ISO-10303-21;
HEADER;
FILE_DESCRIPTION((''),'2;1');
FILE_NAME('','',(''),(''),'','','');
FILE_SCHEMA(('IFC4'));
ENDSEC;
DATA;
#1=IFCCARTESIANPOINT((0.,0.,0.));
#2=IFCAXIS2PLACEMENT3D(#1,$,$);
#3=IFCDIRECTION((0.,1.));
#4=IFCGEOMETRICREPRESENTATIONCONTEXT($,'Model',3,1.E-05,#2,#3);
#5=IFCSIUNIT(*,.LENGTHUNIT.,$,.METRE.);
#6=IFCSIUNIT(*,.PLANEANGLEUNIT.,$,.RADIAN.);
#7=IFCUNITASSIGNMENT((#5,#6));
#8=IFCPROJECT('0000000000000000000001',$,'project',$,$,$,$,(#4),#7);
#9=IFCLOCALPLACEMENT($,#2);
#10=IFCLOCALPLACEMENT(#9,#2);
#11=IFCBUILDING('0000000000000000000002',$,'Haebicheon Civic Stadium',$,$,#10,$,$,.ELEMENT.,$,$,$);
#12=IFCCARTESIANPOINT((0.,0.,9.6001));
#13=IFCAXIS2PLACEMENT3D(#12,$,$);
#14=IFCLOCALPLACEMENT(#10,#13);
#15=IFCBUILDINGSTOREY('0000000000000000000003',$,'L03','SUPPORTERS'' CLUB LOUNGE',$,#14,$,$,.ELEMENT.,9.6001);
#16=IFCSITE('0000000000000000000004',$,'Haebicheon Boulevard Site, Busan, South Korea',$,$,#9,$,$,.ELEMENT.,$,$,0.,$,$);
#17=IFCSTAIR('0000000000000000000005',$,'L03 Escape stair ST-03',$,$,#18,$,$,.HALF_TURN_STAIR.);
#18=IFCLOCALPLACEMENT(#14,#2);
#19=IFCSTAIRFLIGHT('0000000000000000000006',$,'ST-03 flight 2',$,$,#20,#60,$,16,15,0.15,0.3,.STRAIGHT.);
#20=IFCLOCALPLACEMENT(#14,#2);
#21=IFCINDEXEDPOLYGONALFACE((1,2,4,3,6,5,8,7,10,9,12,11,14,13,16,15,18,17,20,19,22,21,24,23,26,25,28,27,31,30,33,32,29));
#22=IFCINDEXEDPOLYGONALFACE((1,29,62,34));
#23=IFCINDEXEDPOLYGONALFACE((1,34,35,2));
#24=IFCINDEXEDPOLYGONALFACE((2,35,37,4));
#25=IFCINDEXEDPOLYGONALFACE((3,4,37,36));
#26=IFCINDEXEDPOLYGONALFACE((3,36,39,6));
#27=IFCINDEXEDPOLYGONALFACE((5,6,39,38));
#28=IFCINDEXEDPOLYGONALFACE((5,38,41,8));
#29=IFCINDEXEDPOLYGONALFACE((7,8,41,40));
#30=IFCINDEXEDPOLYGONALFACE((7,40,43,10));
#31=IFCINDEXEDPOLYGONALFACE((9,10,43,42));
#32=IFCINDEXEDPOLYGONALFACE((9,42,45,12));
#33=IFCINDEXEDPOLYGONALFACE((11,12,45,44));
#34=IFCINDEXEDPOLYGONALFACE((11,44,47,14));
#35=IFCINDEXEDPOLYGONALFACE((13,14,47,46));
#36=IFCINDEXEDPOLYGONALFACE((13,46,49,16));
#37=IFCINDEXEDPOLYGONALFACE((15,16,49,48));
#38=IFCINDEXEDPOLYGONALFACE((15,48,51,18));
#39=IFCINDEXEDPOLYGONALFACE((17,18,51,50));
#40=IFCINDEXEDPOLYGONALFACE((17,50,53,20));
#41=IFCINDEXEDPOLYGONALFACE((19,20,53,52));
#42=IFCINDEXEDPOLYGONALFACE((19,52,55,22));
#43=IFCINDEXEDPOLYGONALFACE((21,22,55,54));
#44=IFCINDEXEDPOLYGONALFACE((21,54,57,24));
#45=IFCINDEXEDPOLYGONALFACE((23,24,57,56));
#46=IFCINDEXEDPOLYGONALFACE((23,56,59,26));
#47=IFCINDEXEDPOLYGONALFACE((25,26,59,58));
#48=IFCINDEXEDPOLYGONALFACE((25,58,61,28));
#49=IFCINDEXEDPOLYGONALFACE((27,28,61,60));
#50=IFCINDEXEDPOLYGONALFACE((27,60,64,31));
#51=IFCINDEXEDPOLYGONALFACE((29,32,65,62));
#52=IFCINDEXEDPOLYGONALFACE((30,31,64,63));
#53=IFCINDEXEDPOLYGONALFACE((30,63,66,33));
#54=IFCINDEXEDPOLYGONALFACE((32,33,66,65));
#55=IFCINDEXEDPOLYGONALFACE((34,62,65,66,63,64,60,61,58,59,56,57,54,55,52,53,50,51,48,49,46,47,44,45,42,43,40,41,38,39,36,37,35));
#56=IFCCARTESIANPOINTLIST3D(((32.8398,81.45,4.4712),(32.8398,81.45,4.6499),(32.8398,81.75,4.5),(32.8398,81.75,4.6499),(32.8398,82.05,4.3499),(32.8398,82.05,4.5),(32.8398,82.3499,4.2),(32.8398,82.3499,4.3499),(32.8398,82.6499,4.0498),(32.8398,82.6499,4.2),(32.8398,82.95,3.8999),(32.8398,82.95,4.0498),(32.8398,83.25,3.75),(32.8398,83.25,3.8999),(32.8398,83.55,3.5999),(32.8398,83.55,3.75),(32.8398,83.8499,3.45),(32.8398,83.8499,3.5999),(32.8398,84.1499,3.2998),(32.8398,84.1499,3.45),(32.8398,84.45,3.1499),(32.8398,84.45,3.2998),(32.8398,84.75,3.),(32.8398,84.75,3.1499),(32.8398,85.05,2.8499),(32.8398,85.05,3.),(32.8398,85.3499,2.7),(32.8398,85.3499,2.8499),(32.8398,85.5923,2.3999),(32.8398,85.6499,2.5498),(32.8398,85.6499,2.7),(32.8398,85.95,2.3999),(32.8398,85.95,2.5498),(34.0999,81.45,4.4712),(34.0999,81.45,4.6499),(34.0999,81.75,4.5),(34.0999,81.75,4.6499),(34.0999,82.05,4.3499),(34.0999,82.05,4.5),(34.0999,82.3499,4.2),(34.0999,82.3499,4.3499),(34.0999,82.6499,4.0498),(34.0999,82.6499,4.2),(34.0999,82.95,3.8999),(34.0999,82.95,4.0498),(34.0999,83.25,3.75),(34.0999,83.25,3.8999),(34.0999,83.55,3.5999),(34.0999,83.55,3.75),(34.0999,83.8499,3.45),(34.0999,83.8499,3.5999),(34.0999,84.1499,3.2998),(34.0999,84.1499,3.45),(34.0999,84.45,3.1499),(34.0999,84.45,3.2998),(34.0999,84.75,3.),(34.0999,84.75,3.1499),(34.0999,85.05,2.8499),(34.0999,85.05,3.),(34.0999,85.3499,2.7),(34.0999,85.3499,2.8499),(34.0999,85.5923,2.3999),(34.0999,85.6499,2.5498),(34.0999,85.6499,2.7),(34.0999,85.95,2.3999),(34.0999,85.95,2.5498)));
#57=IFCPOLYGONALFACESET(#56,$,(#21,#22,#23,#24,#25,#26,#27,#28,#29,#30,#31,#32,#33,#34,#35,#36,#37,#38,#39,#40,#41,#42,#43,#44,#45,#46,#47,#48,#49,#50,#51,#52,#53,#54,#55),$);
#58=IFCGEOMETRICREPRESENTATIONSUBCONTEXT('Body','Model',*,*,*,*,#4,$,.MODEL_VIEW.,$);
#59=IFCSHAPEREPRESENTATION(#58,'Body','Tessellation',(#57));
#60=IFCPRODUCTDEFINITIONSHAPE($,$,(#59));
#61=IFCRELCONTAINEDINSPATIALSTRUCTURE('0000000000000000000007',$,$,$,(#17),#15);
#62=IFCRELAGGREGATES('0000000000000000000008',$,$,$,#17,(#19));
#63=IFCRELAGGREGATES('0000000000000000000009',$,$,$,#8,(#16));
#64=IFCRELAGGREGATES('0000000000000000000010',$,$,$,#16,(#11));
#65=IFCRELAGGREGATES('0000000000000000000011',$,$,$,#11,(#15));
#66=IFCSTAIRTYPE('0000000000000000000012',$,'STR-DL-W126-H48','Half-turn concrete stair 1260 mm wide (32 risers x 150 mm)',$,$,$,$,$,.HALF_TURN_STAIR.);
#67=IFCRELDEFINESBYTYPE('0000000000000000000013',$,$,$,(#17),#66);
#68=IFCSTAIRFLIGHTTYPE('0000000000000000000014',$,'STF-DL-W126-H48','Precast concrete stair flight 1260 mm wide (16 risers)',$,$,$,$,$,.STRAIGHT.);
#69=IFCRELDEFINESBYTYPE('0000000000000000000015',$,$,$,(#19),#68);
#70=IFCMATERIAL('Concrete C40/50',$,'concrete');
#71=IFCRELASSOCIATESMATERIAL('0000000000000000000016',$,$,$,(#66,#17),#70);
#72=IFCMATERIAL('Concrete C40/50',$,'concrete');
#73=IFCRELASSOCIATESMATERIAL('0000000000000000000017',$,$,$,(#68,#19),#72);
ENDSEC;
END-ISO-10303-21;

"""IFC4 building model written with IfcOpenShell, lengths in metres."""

from ifc_helpers import new_model, si_unit, direction, frame, origin, place, context, subcontext, project, spatial, polyline, outline, extrude, material, type_object, element, aggregate, save


model = new_model("IFC4")

# Units and contexts
model_context = context("Model", 3, precision=1e-05, world=origin(), true_north=direction((0.0, 1.0)))
body_context = subcontext(model_context, "Body", "Model", "MODEL_VIEW")
ifc_project = project(units=[si_unit("LENGTHUNIT", "METRE"), si_unit("PLANEANGLEUNIT", "RADIAN")], contexts=[model_context])

# Site, building, storey
site_placement = place(None, origin())
site = spatial("IfcSite", under=ifc_project, at=site_placement, Name="Haebicheon Boulevard Site, Busan, South Korea", CompositionType="ELEMENT", RefElevation=0.0)
building_placement = place(site_placement, origin())
building = spatial("IfcBuilding", under=site, at=building_placement, Name="Haebicheon Civic Stadium", CompositionType="ELEMENT")
storey_placement = place(building_placement, frame((0.0, 0.0, 9.6001)))
storey = spatial("IfcBuildingStorey", under=building, at=storey_placement, Name="L03", Description="SUPPORTERS' CLUB LOUNGE", CompositionType="ELEMENT", Elevation=9.6001)

# Stair, stair flight
ifc_material_1 = material(Name="Concrete C40/50", Category="concrete")
stair_type = type_object("IfcStairType", Name="STR-DL-W126-H48", Description="Half-turn concrete stair 1260 mm wide (32 risers x 150 mm)", PredefinedType="HALF_TURN_STAIR", material=ifc_material_1)
stair_placement = place(storey_placement, origin())
stair = element("IfcStair", 1, at=stair_placement, inside=storey, type_object=stair_type, material=ifc_material_1, Name="L03 Escape stair ST-03", PredefinedType="HALF_TURN_STAIR")
ifc_material_2 = material(Name="Concrete C40/50", Category="concrete")
stair_flight_type = type_object("IfcStairFlightType", Name="STF-DL-W126-H48", Description="Precast concrete stair flight 1260 mm wide (16 risers)", PredefinedType="STRAIGHT", material=ifc_material_2)
stair_flight_1_placement = place(storey_placement, frame((33.47, 85.95, 2.3999), z_axis=(0.0, 0.0, 1.0), x_axis=(0.0, -1.0, 0.0)))
stair_flight_1 = element("IfcStairFlight", 2, at=stair_flight_1_placement, type_object=stair_flight_type, material=ifc_material_2, Name="ST-03 flight 2", NumberOfRisers=16, NumberOfTreads=15, PredefinedType="STRAIGHT", RiserHeight=0.15, TreadLength=0.3, context=body_context, shape_type="SweptSolid", body=[
    extrude(outline(polyline([(0.0, 0.0), (0.0, 0.1499), (0.3, 0.1499), (0.3, 0.3), (0.6001, 0.3), (0.6001, 0.45), (0.8999, 0.45), (0.8999, 0.6001), (1.2, 0.6001), (1.2, 0.75), (1.5, 0.75), (1.5, 0.8999), (1.8, 0.8999), (1.8, 1.05), (2.1001, 1.05), (2.1001, 1.2), (2.3999, 1.2), (2.3999, 1.3501), (2.7, 1.3501), (2.7, 1.5), (3.0, 1.5), (3.0, 1.6499), (3.3, 1.6499), (3.3, 1.8), (3.6001, 1.8), (3.6001, 1.95), (3.8999, 1.95), (3.8999, 2.1001), (4.2, 2.1001), (4.2, 2.25), (4.5, 2.25), (4.5, 2.3999), (4.5, 2.0713), (0.3577, 0.0), (0.0, 0.0)])), frame((0.0, 0.6299, 0.0), z_axis=(0.0, -1.0, 0.0), x_axis=(1.0, 0.0, 0.0)), (0.0, 0.0, 1.0), 1.26),
])
aggregate(stair, [stair_flight_1])

save(model, "model.ifc")
